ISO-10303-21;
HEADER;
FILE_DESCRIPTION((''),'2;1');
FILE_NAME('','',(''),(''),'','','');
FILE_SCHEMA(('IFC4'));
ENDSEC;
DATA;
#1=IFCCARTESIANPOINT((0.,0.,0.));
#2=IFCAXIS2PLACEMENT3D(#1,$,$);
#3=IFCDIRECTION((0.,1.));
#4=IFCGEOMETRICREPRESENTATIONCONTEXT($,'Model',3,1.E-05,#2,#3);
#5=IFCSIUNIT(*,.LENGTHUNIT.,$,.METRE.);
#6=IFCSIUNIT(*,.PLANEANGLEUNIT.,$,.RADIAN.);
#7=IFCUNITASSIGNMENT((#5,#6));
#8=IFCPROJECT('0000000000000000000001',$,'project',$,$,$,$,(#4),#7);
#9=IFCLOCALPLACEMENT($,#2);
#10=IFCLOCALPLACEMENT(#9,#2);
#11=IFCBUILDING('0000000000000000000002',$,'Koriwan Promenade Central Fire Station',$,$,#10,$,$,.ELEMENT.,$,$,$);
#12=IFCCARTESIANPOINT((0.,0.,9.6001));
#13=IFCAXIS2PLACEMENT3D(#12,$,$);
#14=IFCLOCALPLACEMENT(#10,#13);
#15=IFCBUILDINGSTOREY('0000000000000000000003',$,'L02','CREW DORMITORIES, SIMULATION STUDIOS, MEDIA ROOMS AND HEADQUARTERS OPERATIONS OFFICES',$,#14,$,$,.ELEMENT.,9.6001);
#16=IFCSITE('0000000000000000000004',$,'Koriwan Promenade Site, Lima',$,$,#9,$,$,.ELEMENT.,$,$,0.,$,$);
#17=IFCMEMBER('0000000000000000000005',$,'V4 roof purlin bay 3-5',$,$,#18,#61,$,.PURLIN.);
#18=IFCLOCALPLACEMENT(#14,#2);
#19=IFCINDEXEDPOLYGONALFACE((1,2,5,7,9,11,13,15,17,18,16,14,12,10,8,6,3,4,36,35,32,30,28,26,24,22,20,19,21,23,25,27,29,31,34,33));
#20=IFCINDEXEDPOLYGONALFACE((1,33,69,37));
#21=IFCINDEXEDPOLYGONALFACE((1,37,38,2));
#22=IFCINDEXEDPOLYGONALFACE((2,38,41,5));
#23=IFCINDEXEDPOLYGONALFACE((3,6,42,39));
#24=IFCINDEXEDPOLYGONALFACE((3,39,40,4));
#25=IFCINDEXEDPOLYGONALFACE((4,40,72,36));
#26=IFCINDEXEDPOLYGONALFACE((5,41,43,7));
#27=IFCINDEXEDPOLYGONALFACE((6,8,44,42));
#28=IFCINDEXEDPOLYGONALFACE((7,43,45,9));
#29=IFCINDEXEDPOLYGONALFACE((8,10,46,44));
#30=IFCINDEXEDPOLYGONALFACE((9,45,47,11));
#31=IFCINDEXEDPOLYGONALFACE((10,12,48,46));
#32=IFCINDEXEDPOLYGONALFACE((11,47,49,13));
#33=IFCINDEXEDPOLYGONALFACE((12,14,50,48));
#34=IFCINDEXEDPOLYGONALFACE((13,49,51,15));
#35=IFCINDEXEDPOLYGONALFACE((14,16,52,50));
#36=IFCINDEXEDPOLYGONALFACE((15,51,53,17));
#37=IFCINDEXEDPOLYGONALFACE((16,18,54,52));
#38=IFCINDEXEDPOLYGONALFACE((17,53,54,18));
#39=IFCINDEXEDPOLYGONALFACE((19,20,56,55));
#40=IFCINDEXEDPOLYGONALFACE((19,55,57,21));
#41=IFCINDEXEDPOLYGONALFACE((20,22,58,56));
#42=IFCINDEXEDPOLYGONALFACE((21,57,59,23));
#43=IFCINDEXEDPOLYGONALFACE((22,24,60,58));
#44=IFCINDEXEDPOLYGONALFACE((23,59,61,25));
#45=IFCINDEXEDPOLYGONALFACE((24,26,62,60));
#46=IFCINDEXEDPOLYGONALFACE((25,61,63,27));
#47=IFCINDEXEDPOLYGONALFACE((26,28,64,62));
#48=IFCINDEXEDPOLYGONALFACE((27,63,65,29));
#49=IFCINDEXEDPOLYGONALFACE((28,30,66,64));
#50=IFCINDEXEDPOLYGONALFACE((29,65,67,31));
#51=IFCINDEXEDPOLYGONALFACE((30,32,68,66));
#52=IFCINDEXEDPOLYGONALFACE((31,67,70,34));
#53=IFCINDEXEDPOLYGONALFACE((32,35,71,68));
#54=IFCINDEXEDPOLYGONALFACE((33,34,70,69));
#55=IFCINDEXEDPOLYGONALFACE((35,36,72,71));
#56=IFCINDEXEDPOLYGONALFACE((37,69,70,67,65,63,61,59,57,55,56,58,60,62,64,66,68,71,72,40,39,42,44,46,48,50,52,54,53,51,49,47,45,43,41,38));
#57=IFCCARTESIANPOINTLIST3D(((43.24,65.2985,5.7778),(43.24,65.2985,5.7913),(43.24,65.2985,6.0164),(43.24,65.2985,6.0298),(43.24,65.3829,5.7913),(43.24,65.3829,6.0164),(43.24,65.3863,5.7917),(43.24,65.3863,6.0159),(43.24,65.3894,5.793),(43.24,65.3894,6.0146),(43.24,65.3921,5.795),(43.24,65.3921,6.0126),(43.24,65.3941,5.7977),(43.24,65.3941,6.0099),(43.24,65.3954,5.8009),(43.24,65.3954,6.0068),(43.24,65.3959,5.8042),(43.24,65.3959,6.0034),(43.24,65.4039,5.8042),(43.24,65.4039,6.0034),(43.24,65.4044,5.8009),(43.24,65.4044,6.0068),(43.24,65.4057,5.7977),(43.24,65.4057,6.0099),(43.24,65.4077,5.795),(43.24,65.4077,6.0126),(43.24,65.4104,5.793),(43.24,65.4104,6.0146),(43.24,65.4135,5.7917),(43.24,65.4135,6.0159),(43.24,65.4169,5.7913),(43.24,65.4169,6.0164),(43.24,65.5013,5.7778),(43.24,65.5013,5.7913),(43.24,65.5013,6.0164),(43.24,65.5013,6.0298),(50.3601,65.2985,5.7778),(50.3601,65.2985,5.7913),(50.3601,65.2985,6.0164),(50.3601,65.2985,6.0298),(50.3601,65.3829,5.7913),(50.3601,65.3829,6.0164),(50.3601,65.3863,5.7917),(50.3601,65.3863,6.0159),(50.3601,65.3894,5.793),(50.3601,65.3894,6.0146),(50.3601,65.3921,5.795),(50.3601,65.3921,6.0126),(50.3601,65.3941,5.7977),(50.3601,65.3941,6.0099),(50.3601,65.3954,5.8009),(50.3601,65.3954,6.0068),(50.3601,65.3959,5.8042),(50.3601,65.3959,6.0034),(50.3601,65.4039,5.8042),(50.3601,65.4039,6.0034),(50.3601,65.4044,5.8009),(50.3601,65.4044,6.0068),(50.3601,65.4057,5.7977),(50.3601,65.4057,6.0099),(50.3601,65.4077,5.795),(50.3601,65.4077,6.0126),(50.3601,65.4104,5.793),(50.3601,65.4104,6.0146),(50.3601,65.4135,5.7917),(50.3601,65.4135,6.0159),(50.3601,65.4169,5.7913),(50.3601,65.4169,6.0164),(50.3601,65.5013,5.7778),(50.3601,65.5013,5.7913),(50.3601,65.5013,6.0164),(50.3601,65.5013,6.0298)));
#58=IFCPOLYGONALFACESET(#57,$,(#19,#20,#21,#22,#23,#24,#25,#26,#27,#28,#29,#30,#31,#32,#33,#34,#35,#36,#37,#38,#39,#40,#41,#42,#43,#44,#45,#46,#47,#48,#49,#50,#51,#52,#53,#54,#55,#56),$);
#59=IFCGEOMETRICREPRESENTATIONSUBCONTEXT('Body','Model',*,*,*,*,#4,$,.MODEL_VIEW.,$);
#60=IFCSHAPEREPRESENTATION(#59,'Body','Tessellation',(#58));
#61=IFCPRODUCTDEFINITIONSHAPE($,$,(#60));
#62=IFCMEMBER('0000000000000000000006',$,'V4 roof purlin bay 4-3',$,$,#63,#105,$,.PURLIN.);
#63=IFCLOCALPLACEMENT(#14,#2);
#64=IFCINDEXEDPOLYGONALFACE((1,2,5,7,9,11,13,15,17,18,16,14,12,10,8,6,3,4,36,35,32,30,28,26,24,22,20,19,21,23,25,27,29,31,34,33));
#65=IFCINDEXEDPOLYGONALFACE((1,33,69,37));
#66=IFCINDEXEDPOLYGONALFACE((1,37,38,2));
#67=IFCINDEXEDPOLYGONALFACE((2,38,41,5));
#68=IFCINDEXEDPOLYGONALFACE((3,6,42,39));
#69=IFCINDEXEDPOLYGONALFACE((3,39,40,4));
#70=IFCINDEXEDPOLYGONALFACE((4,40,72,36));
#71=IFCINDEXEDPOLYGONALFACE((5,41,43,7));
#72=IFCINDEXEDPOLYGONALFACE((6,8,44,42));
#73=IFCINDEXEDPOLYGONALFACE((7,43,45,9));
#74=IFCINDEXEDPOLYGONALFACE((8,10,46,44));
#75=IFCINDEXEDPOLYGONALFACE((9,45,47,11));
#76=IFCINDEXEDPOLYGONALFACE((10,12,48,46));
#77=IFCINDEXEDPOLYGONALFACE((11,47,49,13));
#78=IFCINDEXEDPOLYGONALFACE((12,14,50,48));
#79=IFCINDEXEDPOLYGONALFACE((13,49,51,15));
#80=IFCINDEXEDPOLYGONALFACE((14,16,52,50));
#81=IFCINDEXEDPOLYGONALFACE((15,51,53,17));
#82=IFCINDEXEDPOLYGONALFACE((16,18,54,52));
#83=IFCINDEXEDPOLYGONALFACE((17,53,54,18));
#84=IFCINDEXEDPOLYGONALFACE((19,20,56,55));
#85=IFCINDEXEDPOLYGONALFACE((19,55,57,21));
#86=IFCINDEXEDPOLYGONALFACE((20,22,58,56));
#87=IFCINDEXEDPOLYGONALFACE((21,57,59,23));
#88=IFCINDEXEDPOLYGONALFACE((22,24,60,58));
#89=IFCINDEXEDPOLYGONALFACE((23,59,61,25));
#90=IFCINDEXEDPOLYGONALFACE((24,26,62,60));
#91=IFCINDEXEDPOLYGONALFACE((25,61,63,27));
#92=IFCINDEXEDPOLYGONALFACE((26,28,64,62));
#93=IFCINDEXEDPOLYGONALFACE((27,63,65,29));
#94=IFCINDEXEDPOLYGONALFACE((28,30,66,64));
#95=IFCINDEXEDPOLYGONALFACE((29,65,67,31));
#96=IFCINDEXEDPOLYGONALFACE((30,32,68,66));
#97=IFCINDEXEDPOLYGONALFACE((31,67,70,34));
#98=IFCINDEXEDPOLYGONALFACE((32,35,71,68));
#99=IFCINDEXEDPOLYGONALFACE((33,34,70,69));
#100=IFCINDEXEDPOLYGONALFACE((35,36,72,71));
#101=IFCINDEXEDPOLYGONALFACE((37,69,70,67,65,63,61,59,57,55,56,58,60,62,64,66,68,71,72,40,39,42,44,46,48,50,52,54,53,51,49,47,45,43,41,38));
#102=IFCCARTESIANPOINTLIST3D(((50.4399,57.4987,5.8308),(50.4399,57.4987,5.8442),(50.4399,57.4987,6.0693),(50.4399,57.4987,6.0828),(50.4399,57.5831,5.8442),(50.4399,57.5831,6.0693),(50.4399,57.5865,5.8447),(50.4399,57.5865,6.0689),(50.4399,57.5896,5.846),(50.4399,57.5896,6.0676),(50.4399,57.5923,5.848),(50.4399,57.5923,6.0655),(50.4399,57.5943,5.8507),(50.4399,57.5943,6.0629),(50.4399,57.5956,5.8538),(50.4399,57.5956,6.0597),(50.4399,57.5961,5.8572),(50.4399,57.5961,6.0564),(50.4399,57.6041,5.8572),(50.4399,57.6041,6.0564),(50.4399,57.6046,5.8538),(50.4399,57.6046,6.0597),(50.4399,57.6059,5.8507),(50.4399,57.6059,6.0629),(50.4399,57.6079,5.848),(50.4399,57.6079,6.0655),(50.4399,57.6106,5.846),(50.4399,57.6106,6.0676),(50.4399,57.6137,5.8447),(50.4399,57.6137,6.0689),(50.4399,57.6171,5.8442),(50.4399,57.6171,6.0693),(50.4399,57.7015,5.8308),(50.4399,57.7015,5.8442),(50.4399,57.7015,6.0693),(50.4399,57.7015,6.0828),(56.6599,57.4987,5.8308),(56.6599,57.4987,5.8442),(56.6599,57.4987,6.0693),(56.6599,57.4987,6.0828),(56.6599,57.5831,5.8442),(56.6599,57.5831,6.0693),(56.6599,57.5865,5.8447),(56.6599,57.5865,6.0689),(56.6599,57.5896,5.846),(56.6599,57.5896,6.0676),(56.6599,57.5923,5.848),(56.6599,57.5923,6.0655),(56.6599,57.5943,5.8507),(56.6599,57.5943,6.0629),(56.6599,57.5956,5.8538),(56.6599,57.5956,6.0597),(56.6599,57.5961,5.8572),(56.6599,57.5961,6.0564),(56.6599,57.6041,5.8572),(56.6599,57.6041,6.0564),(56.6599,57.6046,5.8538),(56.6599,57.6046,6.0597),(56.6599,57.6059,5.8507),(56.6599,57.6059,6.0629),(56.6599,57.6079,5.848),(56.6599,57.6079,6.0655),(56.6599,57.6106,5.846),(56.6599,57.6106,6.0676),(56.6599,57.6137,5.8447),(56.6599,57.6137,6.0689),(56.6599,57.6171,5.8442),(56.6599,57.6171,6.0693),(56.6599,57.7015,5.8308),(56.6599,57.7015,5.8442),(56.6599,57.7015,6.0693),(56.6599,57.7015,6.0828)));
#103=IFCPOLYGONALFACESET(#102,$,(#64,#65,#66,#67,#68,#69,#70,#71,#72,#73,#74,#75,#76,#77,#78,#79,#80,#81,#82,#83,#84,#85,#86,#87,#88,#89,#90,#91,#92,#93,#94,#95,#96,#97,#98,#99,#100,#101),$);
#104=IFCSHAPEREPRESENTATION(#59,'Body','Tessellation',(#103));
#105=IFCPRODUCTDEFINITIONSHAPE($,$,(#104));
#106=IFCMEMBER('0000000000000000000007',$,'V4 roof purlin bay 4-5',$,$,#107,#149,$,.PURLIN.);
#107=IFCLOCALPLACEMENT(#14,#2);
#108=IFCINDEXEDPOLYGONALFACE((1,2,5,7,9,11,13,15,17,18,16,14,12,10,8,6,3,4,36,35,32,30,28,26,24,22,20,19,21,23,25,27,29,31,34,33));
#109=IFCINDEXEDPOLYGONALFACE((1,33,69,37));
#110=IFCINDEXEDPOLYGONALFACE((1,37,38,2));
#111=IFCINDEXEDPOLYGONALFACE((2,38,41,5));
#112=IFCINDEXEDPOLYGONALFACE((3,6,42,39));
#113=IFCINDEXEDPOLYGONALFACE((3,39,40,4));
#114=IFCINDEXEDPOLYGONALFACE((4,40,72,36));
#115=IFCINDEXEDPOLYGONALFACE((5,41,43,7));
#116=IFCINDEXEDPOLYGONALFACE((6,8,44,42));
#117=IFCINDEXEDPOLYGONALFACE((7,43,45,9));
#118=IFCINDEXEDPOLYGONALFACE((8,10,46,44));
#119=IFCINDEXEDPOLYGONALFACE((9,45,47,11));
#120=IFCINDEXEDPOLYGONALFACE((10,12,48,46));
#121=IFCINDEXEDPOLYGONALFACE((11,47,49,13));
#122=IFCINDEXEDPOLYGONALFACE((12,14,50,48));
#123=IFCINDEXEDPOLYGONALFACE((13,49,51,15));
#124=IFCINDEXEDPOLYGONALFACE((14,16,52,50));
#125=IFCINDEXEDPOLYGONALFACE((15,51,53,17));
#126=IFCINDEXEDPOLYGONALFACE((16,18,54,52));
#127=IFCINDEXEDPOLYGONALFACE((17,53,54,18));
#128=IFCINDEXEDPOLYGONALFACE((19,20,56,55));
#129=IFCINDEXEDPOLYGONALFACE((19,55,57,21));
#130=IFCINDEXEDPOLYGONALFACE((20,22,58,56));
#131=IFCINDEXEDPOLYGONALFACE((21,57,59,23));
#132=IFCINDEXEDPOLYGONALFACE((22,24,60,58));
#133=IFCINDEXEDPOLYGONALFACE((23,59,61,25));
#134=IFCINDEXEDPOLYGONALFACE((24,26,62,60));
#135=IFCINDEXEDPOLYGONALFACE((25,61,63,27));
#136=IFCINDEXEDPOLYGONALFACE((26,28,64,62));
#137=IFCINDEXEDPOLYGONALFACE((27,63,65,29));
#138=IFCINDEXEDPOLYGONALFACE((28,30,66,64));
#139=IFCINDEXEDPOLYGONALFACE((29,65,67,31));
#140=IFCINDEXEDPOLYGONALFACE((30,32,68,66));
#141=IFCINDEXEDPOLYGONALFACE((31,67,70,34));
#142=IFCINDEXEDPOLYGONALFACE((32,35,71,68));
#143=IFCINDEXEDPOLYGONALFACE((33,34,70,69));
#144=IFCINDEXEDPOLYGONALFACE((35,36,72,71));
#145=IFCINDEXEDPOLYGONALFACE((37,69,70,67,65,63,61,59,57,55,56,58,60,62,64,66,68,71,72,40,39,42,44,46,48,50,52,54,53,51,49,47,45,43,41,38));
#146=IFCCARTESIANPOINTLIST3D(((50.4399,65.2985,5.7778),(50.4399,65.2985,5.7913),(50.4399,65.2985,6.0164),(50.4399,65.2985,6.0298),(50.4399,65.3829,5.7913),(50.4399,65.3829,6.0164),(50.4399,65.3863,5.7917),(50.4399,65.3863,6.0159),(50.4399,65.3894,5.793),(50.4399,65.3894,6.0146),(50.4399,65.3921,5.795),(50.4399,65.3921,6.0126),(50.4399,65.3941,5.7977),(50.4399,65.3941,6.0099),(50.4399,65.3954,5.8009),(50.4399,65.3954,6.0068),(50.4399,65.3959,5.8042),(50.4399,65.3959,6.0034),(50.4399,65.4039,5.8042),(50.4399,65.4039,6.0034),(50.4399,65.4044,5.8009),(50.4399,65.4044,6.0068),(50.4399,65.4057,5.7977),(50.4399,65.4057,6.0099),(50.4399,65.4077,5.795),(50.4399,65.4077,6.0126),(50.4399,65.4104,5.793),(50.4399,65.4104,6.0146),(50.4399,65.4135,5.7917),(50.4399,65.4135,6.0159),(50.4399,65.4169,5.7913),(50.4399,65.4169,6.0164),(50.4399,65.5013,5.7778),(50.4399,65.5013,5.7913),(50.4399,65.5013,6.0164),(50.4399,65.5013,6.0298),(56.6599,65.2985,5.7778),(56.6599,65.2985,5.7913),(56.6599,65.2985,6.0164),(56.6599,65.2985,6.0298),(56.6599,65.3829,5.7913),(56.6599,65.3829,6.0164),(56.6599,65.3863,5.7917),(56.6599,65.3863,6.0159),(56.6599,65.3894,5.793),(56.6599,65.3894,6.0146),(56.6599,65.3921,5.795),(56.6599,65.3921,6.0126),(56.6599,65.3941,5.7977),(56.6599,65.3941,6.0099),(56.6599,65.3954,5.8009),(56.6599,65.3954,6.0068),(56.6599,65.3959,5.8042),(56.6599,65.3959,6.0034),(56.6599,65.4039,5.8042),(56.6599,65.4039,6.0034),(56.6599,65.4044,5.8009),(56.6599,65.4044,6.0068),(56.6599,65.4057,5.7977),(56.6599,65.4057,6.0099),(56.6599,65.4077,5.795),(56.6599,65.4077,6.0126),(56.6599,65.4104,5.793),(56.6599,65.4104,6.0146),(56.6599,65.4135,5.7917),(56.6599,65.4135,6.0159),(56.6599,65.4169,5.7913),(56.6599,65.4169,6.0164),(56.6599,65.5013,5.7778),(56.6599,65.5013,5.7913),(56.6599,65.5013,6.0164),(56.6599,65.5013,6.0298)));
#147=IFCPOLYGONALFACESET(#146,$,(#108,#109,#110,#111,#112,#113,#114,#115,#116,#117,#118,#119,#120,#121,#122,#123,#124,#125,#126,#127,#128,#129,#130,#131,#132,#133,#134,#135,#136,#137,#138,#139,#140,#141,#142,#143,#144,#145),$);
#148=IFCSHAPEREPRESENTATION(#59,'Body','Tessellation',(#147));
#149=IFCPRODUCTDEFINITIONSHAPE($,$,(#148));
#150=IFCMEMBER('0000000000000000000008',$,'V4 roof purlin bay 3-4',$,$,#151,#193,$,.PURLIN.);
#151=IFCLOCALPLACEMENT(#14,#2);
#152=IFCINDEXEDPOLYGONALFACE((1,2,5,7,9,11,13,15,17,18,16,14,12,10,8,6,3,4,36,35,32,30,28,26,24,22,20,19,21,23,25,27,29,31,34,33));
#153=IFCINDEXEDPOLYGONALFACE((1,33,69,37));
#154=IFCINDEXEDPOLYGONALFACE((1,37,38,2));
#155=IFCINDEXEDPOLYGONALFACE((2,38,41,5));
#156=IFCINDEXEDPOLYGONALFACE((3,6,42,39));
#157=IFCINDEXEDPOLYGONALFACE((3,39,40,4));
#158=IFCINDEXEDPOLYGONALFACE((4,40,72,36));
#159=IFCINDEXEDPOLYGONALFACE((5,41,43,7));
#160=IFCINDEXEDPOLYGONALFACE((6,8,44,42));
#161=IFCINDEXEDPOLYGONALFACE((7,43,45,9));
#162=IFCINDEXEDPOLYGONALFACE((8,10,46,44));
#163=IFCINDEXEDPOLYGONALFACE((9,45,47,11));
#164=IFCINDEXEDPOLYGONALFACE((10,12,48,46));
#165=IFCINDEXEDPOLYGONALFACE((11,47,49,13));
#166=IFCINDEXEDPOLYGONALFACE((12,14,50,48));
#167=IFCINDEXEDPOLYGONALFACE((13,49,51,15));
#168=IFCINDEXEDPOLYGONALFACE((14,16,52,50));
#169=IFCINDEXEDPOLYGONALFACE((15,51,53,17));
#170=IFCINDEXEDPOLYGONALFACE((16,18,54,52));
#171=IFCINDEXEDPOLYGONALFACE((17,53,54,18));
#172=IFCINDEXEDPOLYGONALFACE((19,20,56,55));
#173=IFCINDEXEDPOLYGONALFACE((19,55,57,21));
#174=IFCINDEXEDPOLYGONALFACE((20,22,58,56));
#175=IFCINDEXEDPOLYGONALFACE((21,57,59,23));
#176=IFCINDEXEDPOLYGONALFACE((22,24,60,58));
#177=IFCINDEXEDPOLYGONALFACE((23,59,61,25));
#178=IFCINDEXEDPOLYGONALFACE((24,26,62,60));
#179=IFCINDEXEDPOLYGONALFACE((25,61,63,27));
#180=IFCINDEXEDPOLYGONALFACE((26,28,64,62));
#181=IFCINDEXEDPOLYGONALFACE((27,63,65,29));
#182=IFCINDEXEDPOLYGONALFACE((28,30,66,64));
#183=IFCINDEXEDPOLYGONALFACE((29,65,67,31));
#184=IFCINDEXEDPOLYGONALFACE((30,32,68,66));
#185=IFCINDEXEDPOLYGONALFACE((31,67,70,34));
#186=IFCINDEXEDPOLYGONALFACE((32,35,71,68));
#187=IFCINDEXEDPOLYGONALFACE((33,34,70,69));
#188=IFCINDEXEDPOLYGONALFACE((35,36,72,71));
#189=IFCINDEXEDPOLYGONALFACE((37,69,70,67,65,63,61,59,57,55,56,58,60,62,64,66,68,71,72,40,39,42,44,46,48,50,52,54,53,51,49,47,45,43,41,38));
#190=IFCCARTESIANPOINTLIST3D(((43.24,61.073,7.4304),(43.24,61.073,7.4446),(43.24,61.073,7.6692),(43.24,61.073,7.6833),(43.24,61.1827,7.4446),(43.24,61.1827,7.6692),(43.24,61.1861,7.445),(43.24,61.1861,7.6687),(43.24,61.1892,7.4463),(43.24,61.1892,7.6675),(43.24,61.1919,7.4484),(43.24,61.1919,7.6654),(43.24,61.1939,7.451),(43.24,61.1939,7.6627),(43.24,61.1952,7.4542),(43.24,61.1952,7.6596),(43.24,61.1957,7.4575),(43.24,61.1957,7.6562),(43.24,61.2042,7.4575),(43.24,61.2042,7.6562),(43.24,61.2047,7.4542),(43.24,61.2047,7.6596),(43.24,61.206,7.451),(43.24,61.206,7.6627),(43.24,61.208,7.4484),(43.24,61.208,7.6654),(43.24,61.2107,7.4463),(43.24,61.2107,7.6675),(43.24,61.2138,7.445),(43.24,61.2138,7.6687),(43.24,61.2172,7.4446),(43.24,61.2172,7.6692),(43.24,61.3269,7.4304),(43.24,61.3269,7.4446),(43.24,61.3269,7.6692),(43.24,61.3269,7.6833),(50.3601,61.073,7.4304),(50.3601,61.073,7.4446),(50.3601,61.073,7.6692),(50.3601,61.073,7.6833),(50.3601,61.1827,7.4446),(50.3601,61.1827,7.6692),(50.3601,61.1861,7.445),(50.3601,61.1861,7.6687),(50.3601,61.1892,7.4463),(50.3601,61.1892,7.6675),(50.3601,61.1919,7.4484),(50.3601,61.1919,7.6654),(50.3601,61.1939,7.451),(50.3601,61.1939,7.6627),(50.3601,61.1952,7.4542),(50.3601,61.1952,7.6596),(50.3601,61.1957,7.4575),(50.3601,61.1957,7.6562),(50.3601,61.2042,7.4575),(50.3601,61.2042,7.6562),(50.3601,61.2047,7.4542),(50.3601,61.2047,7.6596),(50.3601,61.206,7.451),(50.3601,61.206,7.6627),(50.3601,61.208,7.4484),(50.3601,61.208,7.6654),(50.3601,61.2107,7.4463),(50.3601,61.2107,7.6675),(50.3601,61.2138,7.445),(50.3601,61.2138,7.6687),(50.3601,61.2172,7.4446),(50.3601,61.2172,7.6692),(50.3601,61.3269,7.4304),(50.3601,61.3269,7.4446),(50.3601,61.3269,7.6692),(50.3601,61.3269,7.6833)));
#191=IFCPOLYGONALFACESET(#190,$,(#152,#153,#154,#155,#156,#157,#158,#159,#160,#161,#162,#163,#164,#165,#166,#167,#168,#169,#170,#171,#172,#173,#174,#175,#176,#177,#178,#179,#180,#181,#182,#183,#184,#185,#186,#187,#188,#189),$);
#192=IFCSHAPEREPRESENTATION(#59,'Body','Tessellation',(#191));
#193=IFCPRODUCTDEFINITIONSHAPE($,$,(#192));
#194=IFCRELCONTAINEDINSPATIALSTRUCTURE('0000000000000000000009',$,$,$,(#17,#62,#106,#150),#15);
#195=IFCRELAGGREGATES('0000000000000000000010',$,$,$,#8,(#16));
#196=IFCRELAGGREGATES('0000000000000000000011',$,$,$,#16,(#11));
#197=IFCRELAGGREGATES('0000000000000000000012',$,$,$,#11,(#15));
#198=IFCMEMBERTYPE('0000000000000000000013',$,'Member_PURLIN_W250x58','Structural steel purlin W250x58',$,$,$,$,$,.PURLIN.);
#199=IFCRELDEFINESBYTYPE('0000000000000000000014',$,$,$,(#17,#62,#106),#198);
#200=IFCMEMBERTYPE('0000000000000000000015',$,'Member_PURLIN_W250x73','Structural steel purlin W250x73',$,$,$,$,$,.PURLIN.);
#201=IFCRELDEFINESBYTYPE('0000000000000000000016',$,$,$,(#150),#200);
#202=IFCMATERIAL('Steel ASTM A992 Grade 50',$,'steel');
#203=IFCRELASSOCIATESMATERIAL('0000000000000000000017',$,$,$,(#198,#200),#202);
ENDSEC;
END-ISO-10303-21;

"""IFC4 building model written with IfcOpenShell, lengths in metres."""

from ifc_helpers import new_model, si_unit, direction, frame, origin, origin_2d, place, context, subcontext, project, spatial, i_section, extrude, material, material_profile, profile_set, type_object, element, save


model = new_model("IFC4")

# Units and contexts
model_context = context("Model", 3, precision=1e-05, world=origin(), true_north=direction((0.0, 1.0)))
body_context = subcontext(model_context, "Body", "Model", "MODEL_VIEW")
ifc_project = project(units=[si_unit("LENGTHUNIT", "METRE"), si_unit("PLANEANGLEUNIT", "RADIAN")], contexts=[model_context])

# Site, building, storey
site_placement = place(None, origin())
site = spatial("IfcSite", under=ifc_project, at=site_placement, Name="Koriwan Promenade Site, Lima", CompositionType="ELEMENT", RefElevation=0.0)
building_placement = place(site_placement, origin())
building = spatial("IfcBuilding", under=site, at=building_placement, Name="Koriwan Promenade Central Fire Station", CompositionType="ELEMENT")
storey_placement = place(building_placement, frame((0.0, 0.0, 9.6001)))
storey = spatial("IfcBuildingStorey", under=building, at=storey_placement, Name="L02", Description="CREW DORMITORIES, SIMULATION STUDIOS, MEDIA ROOMS AND HEADQUARTERS OPERATIONS OFFICES", CompositionType="ELEMENT", Elevation=9.6001)

# Members
ifc_material_1 = material(Name="Steel ASTM A992 Grade 50", Category="steel")
ifc_material_profile_1 = material_profile(ifc_material_1, i_section(OverallWidth=0.2029, OverallDepth=0.252, WebThickness=0.0081, FlangeThickness=0.0134, FilletRadius=0.0129, at=origin_2d()), Name="W250x58")
ifc_profile_set_1 = profile_set([ifc_material_profile_1], Name="Steel ASTM A992 Grade 50")
member_type_1 = type_object("IfcMemberType", Name="Member_PURLIN_W250x58", Description="Structural steel purlin W250x58", PredefinedType="PURLIN", material=ifc_profile_set_1)
for number, where, z_axis, x_axis, name in (
    (1, (43.24, 65.3999, 5.9038), (1.0, 0.0, 0.0), (0.0, 1.0, 0.0), "V4 roof purlin bay 3-5"),
):
    element("IfcMember", number, at=place(storey_placement, frame(where, z_axis=z_axis, x_axis=x_axis)), inside=storey, type_object=member_type_1, Name=name, PredefinedType="PURLIN", context=body_context, shape_type="SweptSolid", body=[
        extrude(i_section(OverallWidth=0.2029, OverallDepth=0.252, WebThickness=0.0081, FlangeThickness=0.0134, FilletRadius=0.0129, at=origin_2d()), origin(), (0.0, 0.0, 1.0), 7.1201),
    ])
for number, where, z_axis, x_axis, name in (
    (2, (50.4399, 57.6001, 5.9568), (1.0, 0.0, 0.0), (0.0, 1.0, 0.0), "V4 roof purlin bay 4-3"),
    (3, (50.4399, 65.3999, 5.9038), (1.0, 0.0, 0.0), (0.0, 1.0, 0.0), "V4 roof purlin bay 4-5"),
):
    element("IfcMember", number, at=place(storey_placement, frame(where, z_axis=z_axis, x_axis=x_axis)), inside=storey, type_object=member_type_1, Name=name, PredefinedType="PURLIN", context=body_context, shape_type="SweptSolid", body=[
        extrude(i_section(OverallWidth=0.2029, OverallDepth=0.252, WebThickness=0.0081, FlangeThickness=0.0134, FilletRadius=0.0129, at=origin_2d()), origin(), (0.0, 0.0, 1.0), 6.22),
    ])
ifc_material_profile_2 = material_profile(ifc_material_1, i_section(OverallWidth=0.2539, OverallDepth=0.2529, WebThickness=0.0085, FlangeThickness=0.0142, FilletRadius=0.0129, at=origin_2d()), Name="W250x73")
ifc_profile_set_2 = profile_set([ifc_material_profile_2], Name="Steel ASTM A992 Grade 50")
member_type_2 = type_object("IfcMemberType", Name="Member_PURLIN_W250x73", Description="Structural steel purlin W250x73", PredefinedType="PURLIN", material=ifc_profile_set_2)
for number, where, z_axis, x_axis, name in (
    (4, (43.24, 61.2, 7.5569), (1.0, 0.0, 0.0), (0.0, 1.0, 0.0), "V4 roof purlin bay 3-4"),
):
    element("IfcMember", number, at=place(storey_placement, frame(where, z_axis=z_axis, x_axis=x_axis)), inside=storey, type_object=member_type_2, Name=name, PredefinedType="PURLIN", context=body_context, shape_type="SweptSolid", body=[
        extrude(i_section(OverallWidth=0.2539, OverallDepth=0.2529, WebThickness=0.0085, FlangeThickness=0.0142, FilletRadius=0.0129, at=origin_2d()), origin(), (0.0, 0.0, 1.0), 7.1201),
    ])

save(model, "model.ifc")
